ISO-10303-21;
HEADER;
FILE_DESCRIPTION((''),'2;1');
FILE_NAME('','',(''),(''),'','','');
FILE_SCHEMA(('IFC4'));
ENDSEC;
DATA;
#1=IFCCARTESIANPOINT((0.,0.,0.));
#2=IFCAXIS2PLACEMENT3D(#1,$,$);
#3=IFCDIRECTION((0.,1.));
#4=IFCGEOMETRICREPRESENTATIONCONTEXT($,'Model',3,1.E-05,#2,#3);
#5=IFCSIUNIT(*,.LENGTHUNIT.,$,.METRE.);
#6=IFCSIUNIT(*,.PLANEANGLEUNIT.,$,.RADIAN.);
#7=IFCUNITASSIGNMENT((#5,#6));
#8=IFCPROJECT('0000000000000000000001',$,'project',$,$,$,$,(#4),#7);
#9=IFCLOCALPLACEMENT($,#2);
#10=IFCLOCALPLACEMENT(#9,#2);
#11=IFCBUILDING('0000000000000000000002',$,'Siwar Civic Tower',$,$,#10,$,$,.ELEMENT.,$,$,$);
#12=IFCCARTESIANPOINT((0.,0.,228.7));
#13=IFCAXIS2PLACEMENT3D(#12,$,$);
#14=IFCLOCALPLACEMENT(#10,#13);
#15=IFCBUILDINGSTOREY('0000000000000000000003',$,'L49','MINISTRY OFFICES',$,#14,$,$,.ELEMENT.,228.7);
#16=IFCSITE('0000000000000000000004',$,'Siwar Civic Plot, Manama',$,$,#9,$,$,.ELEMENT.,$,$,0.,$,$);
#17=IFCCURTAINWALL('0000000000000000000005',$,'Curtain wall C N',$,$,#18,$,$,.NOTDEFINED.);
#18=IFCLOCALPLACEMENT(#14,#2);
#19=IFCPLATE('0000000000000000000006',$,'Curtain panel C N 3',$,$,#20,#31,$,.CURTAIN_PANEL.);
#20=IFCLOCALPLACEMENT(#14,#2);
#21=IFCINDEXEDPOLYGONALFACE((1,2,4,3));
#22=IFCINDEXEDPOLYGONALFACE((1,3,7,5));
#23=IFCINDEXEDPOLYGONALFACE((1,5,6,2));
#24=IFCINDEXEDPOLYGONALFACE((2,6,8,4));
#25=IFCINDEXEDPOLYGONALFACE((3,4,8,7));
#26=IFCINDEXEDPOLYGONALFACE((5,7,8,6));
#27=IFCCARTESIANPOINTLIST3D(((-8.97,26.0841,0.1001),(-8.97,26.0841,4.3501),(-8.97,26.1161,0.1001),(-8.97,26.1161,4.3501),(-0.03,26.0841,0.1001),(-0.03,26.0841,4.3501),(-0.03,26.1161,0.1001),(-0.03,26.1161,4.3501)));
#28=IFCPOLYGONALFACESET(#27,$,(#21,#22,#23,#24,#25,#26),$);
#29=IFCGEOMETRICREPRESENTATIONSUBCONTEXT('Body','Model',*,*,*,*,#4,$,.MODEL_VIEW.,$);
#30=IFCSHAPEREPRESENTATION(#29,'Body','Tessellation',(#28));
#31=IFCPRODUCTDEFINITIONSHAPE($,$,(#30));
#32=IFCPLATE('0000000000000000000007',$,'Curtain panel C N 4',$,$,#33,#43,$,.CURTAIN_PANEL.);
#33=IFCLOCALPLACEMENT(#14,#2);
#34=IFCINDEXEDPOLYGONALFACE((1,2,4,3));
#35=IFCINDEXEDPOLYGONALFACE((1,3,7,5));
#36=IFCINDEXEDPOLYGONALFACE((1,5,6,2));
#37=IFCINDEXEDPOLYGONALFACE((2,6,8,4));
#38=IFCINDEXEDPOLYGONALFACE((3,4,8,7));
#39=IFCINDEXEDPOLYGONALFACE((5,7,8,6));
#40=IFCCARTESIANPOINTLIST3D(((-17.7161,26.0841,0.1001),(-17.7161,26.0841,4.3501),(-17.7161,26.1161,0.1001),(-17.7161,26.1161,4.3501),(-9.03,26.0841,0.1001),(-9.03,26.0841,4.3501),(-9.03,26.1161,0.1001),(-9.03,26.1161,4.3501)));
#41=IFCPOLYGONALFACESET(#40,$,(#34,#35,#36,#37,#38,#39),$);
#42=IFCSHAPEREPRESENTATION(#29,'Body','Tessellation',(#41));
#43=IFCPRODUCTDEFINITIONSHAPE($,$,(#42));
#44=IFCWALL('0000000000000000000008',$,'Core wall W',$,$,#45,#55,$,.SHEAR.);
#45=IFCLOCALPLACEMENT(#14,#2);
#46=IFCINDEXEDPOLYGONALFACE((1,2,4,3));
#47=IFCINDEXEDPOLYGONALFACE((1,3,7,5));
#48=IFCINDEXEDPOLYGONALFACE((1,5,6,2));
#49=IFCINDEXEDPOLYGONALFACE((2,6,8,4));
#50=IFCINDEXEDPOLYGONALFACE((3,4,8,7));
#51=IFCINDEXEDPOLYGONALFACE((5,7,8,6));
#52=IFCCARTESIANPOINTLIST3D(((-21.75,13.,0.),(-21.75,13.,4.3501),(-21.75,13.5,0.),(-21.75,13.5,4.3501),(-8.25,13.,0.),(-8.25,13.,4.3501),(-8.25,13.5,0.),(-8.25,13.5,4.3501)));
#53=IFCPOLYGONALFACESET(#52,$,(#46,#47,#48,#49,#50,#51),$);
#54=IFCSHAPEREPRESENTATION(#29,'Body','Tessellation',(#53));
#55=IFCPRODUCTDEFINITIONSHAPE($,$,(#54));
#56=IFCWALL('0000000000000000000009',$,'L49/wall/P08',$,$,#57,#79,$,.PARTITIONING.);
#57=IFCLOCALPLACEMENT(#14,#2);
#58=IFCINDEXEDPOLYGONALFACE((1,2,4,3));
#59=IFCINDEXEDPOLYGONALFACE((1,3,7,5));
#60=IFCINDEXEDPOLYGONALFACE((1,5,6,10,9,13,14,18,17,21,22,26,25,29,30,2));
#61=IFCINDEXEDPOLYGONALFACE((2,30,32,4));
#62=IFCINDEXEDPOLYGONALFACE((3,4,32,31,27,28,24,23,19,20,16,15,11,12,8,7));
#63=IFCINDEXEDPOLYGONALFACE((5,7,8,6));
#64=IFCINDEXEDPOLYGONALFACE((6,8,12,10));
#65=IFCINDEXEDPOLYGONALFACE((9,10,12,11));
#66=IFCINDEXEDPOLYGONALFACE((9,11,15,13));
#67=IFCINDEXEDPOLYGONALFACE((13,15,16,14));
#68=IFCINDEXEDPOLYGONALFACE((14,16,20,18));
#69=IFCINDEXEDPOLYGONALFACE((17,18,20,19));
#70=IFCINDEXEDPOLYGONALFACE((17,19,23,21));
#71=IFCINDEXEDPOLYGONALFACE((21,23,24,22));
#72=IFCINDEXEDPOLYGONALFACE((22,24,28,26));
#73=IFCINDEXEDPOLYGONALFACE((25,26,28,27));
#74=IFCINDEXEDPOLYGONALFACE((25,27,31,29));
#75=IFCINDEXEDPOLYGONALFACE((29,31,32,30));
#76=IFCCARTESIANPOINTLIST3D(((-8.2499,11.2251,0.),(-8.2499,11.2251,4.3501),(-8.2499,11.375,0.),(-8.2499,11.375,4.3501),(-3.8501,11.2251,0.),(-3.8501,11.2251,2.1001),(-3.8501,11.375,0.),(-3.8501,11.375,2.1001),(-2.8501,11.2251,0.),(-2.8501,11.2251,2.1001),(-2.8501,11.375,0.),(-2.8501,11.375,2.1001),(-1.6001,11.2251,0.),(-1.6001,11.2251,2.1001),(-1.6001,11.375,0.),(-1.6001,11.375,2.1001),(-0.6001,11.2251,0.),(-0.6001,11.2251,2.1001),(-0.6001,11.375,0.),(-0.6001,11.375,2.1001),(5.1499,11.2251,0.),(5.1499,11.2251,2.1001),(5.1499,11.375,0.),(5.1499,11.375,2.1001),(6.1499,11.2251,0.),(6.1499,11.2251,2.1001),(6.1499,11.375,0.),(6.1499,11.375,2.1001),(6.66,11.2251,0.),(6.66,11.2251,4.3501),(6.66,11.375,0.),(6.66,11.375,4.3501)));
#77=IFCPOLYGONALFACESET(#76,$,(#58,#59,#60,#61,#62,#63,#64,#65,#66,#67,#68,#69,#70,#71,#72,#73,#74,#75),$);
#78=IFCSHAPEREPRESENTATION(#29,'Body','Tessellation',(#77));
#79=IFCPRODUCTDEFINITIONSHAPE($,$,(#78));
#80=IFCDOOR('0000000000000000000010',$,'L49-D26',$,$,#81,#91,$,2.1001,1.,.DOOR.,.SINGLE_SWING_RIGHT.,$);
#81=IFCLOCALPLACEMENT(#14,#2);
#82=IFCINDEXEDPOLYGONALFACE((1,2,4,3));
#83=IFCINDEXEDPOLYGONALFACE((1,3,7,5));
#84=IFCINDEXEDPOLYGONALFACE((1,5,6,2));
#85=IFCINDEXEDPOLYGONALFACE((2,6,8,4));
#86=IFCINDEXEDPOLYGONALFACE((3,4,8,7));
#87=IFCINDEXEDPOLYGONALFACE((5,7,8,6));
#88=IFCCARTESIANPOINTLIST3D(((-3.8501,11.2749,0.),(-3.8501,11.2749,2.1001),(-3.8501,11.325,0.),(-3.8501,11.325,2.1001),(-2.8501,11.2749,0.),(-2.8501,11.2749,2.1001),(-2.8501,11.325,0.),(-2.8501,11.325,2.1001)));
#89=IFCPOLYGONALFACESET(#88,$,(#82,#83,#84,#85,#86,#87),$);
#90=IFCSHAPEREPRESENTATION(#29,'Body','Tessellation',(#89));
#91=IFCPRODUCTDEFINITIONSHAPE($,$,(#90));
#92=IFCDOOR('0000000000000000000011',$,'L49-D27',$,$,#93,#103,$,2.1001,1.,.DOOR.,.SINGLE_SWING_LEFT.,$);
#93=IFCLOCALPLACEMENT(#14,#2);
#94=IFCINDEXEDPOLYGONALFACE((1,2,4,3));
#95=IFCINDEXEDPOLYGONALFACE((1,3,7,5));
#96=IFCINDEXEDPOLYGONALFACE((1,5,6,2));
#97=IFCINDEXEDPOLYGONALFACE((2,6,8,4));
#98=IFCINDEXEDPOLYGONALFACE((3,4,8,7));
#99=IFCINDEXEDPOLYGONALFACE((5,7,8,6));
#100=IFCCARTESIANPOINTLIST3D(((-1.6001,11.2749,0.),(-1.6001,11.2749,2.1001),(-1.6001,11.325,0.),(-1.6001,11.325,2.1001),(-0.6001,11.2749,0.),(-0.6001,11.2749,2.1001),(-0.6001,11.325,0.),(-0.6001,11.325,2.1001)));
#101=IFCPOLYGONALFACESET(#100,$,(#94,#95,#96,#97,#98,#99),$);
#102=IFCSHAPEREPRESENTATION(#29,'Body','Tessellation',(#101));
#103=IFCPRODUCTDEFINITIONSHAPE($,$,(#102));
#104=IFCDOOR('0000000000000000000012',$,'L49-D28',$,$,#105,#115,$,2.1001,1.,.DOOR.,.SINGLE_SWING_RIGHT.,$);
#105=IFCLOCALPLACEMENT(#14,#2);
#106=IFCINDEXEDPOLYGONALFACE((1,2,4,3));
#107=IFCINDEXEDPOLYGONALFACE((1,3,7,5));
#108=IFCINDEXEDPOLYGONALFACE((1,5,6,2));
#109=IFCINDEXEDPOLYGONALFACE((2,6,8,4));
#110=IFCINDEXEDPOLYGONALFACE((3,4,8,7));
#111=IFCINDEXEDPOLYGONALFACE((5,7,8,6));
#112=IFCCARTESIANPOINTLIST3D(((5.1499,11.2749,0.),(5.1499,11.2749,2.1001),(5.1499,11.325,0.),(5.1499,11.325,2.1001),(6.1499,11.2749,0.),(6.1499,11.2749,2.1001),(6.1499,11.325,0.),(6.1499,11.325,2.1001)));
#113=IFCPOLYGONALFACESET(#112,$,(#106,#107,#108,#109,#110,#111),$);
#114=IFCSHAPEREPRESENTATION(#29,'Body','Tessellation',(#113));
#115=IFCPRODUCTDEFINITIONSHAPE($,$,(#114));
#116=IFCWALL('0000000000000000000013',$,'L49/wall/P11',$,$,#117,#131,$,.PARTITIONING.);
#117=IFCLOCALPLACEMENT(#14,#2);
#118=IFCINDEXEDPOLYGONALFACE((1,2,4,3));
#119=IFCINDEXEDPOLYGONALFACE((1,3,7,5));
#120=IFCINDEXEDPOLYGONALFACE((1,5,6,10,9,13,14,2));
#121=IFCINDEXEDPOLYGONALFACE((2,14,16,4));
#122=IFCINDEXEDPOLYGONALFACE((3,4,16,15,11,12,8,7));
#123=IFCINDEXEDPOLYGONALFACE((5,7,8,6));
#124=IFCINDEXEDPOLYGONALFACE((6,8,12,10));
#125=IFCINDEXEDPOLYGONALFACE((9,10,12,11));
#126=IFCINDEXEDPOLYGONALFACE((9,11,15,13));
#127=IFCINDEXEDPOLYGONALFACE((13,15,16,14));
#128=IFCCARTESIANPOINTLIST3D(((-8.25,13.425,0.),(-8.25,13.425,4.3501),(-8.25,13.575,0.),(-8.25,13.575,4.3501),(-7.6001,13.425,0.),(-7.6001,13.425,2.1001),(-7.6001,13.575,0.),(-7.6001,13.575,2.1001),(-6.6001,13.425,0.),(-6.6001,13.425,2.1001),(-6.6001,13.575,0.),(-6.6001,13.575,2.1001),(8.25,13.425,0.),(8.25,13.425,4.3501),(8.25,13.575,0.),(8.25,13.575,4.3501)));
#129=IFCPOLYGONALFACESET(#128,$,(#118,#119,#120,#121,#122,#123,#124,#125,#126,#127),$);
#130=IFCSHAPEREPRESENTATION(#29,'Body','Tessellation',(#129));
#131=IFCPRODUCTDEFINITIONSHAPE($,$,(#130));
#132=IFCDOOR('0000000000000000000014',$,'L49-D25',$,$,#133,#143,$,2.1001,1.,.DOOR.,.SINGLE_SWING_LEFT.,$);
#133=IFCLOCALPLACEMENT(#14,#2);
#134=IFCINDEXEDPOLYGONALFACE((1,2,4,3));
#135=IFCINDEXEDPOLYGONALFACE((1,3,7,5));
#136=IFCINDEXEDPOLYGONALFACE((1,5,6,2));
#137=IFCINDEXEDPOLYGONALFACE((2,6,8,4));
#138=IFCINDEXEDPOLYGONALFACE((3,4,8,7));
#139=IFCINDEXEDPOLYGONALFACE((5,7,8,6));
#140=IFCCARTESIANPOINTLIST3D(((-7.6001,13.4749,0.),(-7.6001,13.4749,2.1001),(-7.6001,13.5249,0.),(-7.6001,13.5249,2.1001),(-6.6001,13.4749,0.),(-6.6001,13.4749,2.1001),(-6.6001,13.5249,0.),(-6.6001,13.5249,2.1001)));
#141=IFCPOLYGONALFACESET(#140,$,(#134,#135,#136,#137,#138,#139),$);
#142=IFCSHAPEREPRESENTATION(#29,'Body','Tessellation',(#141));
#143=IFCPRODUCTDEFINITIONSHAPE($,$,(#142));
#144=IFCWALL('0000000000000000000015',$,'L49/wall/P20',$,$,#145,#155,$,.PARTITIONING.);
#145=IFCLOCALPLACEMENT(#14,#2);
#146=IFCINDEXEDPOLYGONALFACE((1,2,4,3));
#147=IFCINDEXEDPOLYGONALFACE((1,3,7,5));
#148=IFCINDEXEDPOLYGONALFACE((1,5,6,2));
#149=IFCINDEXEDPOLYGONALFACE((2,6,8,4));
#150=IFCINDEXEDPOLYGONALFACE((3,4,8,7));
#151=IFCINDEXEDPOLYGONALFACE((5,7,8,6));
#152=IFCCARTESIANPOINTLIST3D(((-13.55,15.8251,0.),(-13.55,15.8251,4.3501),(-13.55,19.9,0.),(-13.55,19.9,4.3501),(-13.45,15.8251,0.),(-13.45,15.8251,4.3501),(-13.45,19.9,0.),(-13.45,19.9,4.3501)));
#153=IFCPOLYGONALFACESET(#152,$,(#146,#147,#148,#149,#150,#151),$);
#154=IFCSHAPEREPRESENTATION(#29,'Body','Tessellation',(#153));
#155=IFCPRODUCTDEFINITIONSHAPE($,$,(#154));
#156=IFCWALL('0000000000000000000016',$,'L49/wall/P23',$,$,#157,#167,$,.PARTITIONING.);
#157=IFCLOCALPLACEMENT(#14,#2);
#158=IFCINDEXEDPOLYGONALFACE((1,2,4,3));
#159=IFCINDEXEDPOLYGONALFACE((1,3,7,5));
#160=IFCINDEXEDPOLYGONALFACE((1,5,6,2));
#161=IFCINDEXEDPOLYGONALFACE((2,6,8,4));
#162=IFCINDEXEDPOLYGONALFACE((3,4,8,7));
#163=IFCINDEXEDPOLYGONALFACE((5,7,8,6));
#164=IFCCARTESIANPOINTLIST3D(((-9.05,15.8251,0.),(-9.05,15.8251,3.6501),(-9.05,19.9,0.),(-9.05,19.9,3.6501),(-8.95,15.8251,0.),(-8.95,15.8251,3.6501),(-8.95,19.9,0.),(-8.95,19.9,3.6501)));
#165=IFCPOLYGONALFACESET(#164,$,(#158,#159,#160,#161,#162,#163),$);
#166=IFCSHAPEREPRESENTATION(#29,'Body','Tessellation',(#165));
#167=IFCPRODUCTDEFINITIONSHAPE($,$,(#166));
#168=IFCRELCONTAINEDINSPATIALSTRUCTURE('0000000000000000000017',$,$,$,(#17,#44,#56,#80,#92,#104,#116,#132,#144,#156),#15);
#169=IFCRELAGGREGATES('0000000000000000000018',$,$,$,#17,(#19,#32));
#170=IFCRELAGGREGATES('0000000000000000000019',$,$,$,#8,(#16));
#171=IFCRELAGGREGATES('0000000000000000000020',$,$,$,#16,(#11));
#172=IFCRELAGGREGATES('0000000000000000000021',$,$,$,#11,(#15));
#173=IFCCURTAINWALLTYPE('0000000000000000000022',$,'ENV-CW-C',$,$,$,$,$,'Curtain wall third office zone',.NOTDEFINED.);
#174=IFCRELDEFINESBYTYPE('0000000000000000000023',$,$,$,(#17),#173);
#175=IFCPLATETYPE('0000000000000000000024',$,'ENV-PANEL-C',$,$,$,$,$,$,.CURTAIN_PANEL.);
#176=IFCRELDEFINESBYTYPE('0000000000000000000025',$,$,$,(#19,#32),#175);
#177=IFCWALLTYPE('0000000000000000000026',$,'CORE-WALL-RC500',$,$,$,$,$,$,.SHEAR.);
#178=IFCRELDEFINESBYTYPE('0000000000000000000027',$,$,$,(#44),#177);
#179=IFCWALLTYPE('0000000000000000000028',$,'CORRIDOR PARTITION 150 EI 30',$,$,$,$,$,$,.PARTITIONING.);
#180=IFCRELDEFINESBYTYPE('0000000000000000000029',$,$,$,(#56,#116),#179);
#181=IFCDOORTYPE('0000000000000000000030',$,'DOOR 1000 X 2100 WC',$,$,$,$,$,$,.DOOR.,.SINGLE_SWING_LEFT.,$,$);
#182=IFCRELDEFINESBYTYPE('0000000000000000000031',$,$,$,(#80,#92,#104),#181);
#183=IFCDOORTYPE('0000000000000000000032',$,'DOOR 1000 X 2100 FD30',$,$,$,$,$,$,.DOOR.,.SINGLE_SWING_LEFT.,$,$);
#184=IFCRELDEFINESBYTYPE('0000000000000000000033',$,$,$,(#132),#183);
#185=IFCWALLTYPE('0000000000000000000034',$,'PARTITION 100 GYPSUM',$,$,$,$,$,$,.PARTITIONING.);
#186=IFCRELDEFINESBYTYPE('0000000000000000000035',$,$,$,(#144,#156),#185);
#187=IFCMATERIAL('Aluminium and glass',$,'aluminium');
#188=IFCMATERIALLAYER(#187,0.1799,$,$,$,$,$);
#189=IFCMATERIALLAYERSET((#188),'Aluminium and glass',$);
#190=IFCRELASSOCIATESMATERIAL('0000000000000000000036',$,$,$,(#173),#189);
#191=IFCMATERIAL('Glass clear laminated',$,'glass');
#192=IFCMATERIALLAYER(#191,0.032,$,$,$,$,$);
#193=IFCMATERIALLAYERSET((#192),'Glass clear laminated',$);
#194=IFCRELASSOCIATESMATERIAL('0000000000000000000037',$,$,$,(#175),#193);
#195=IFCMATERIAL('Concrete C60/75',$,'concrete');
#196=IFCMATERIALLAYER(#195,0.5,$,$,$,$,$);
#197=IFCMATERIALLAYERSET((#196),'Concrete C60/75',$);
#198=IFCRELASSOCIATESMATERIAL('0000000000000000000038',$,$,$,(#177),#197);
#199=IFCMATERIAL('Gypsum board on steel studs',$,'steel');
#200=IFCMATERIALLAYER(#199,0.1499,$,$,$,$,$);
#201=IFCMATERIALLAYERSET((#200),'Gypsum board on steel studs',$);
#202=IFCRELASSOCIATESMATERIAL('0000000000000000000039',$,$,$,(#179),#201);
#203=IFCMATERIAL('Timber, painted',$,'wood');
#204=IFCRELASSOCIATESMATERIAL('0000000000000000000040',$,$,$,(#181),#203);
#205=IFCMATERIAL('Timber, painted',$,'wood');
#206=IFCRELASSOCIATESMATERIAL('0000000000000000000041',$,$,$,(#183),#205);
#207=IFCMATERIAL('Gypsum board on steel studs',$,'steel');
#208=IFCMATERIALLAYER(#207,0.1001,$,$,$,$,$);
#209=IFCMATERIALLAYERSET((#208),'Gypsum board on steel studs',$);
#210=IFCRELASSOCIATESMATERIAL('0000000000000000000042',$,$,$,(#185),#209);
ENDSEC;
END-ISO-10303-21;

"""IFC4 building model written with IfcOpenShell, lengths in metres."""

from ifc_helpers import new_model, si_unit, direction, frame, frame_2d, origin, origin_2d, place, context, subcontext, project, spatial, rectangle, extrude, material, layer, layer_set, type_object, element, fill, aggregate, save


model = new_model("IFC4")

# Units and contexts
model_context = context("Model", 3, precision=1e-05, world=origin(), true_north=direction((0.0, 1.0)))
body_context = subcontext(model_context, "Body", "Model", "MODEL_VIEW")
ifc_project = project(units=[si_unit("LENGTHUNIT", "METRE"), si_unit("PLANEANGLEUNIT", "RADIAN")], contexts=[model_context])

# Site, building, storey
site_placement = place(None, origin())
site = spatial("IfcSite", under=ifc_project, at=site_placement, Name="Siwar Civic Plot, Manama", CompositionType="ELEMENT", RefElevation=0.0)
building_placement = place(site_placement, origin())
building = spatial("IfcBuilding", under=site, at=building_placement, Name="Siwar Civic Tower", CompositionType="ELEMENT")
storey_placement = place(building_placement, frame((0.0, 0.0, 228.7)))
storey = spatial("IfcBuildingStorey", under=building, at=storey_placement, Name="L49", Description="MINISTRY OFFICES", CompositionType="ELEMENT", Elevation=228.7)

# Curtain wall
ifc_material_1 = material(Name="Aluminium and glass", Category="aluminium")
ifc_layer_1 = layer(ifc_material_1, 0.1799)
ifc_layer_set_1 = layer_set([ifc_layer_1], Name="Aluminium and glass")
curtain_wall_type = type_object("IfcCurtainWallType", Name="ENV-CW-C", ElementType="Curtain wall third office zone", PredefinedType="NOTDEFINED", material=ifc_layer_set_1)
curtain_wall_placement = place(storey_placement, origin())
curtain_wall = element("IfcCurtainWall", 1, at=curtain_wall_placement, inside=storey, type_object=curtain_wall_type, Name="Curtain wall C N", PredefinedType="NOTDEFINED")

# Plates
ifc_material_2 = material(Name="Glass clear laminated", Category="glass")
ifc_layer_2 = layer(ifc_material_2, 0.032)
ifc_layer_set_2 = layer_set([ifc_layer_2], Name="Glass clear laminated")
plate_type = type_object("IfcPlateType", Name="ENV-PANEL-C", PredefinedType="CURTAIN_PANEL", material=ifc_layer_set_2)
plate_1_placement = place(storey_placement, frame((-4.5, 26.1001, 0.1001), z_axis=(0.0, 0.0, 1.0), x_axis=(-1.0, 0.0, 0.0)))
plate_1 = element("IfcPlate", 2, at=plate_1_placement, type_object=plate_type, Name="Curtain panel C N 3", PredefinedType="CURTAIN_PANEL", context=body_context, shape_type="SweptSolid", body=[
    extrude(rectangle(XDim=8.9399, YDim=0.032, at=origin_2d()), origin(), (0.0, 0.0, 1.0), 4.25),
])
plate_2_placement = place(storey_placement, frame((-13.373, 26.1001, 0.1001), z_axis=(0.0, 0.0, 1.0), x_axis=(-1.0, 0.0, 0.0)))
plate_2 = element("IfcPlate", 3, at=plate_2_placement, type_object=plate_type, Name="Curtain panel C N 4", PredefinedType="CURTAIN_PANEL", context=body_context, shape_type="SweptSolid", body=[
    extrude(rectangle(XDim=8.686, YDim=0.032, at=origin_2d()), origin(), (0.0, 0.0, 1.0), 4.25),
])
aggregate(curtain_wall, [plate_1, plate_2])

# Wall
ifc_material_3 = material(Name="Concrete C60/75", Category="concrete")
ifc_layer_3 = layer(ifc_material_3, 0.5)
ifc_layer_set_3 = layer_set([ifc_layer_3], Name="Concrete C60/75")
wall_type_1 = type_object("IfcWallType", Name="CORE-WALL-RC500", PredefinedType="SHEAR", material=ifc_layer_set_3)
wall_1_placement = place(storey_placement, frame((-8.25, 13.25, 0.0), z_axis=(0.0, 0.0, 1.0), x_axis=(-1.0, 0.0, 0.0)))
element("IfcWall", 4, at=wall_1_placement, inside=storey, type_object=wall_type_1, Name="Core wall W", PredefinedType="SHEAR", context=body_context, shape_type="SweptSolid", body=[
    extrude(rectangle(XDim=13.5, YDim=0.5, at=frame_2d((6.75, 0.0))), origin(), (0.0, 0.0, 1.0), 4.3501),
])

# Wall, openings, doors
ifc_material_4 = material(Name="Gypsum board on steel studs", Category="steel")
ifc_layer_4 = layer(ifc_material_4, 0.1499)
ifc_layer_set_4 = layer_set([ifc_layer_4], Name="Gypsum board on steel studs")
wall_type_2 = type_object("IfcWallType", Name="CORRIDOR PARTITION 150 EI 30", PredefinedType="PARTITIONING", material=ifc_layer_set_4)
wall_2_placement = place(storey_placement, frame((-8.25, 11.3, 0.0), z_axis=(0.0, 0.0, 1.0), x_axis=(1.0, 0.0, 0.0)))
wall_2 = element("IfcWall", 5, at=wall_2_placement, inside=storey, type_object=wall_type_2, Name="L49/wall/P08", PredefinedType="PARTITIONING", context=body_context, shape_type="SweptSolid", body=[
    extrude(rectangle(XDim=14.9099, YDim=0.1499, at=frame_2d((7.4551, 0.0))), origin(), (0.0, 0.0, 1.0), 4.3501),
])
opening_1_placement = place(wall_2_placement, frame((4.3999, 0.0, 0.0)))
opening_1 = element("IfcOpeningElement", 6, at=opening_1_placement, cuts=wall_2, PredefinedType="OPENING", context=body_context, shape_type="SweptSolid", body=[
    extrude(rectangle(XDim=1.0, YDim=2.1001, at=frame_2d((0.5, 1.05))), frame((0.0, 0.085, 0.0), z_axis=(0.0, -1.0, 0.0), x_axis=(1.0, 0.0, 0.0)), (0.0, 0.0, 1.0), 0.1699),
])
opening_2_placement = place(wall_2_placement, frame((6.6499, 0.0, 0.0)))
opening_2 = element("IfcOpeningElement", 7, at=opening_2_placement, cuts=wall_2, PredefinedType="OPENING", context=body_context, shape_type="SweptSolid", body=[
    extrude(rectangle(XDim=1.0, YDim=2.1001, at=frame_2d((0.5, 1.05))), frame((0.0, 0.085, 0.0), z_axis=(0.0, -1.0, 0.0), x_axis=(1.0, 0.0, 0.0)), (0.0, 0.0, 1.0), 0.1699),
])
opening_3_placement = place(wall_2_placement, frame((13.3999, 0.0, 0.0)))
opening_3 = element("IfcOpeningElement", 8, at=opening_3_placement, cuts=wall_2, PredefinedType="OPENING", context=body_context, shape_type="SweptSolid", body=[
    extrude(rectangle(XDim=1.0, YDim=2.1001, at=frame_2d((0.5, 1.05))), frame((0.0, 0.085, 0.0), z_axis=(0.0, -1.0, 0.0), x_axis=(1.0, 0.0, 0.0)), (0.0, 0.0, 1.0), 0.1699),
])
ifc_material_5 = material(Name="Timber, painted", Category="wood")
door_type_1 = type_object("IfcDoorType", Name="DOOR 1000 X 2100 WC", OperationType="SINGLE_SWING_LEFT", PredefinedType="DOOR", material=ifc_material_5)
door_1_placement = place(opening_1_placement, origin())
door_1 = element("IfcDoor", 9, at=door_1_placement, inside=storey, type_object=door_type_1, Name="L49-D26", OperationType="SINGLE_SWING_RIGHT", OverallHeight=2.1001, OverallWidth=1.0, PredefinedType="DOOR", context=body_context, shape_type="SweptSolid", body=[
    extrude(rectangle(XDim=1.0, YDim=2.1001, at=frame_2d((0.5, 1.05))), frame((0.0, 0.0249, 0.0), z_axis=(0.0, -1.0, 0.0), x_axis=(1.0, 0.0, 0.0)), (0.0, 0.0, 1.0), 0.05),
])
fill(opening_1, door_1)
door_2_placement = place(opening_2_placement, origin())
door_2 = element("IfcDoor", 10, at=door_2_placement, inside=storey, type_object=door_type_1, Name="L49-D27", OperationType="SINGLE_SWING_LEFT", OverallHeight=2.1001, OverallWidth=1.0, PredefinedType="DOOR", context=body_context, shape_type="SweptSolid", body=[
    extrude(rectangle(XDim=1.0, YDim=2.1001, at=frame_2d((0.5, 1.05))), frame((0.0, 0.0249, 0.0), z_axis=(0.0, -1.0, 0.0), x_axis=(1.0, 0.0, 0.0)), (0.0, 0.0, 1.0), 0.05),
])
fill(opening_2, door_2)
door_3_placement = place(opening_3_placement, origin())
door_3 = element("IfcDoor", 11, at=door_3_placement, inside=storey, type_object=door_type_1, Name="L49-D28", OperationType="SINGLE_SWING_RIGHT", OverallHeight=2.1001, OverallWidth=1.0, PredefinedType="DOOR", context=body_context, shape_type="SweptSolid", body=[
    extrude(rectangle(XDim=1.0, YDim=2.1001, at=frame_2d((0.5, 1.05))), frame((0.0, 0.0249, 0.0), z_axis=(0.0, -1.0, 0.0), x_axis=(1.0, 0.0, 0.0)), (0.0, 0.0, 1.0), 0.05),
])
fill(opening_3, door_3)

# Wall, opening, door
wall_3_placement = place(storey_placement, frame((-8.25, 13.5, 0.0), z_axis=(0.0, 0.0, 1.0), x_axis=(1.0, 0.0, 0.0)))
wall_3 = element("IfcWall", 12, at=wall_3_placement, inside=storey, type_object=wall_type_2, Name="L49/wall/P11", PredefinedType="PARTITIONING", context=body_context, shape_type="SweptSolid", body=[
    extrude(rectangle(XDim=16.5, YDim=0.1499, at=frame_2d((8.25, 0.0))), origin(), (0.0, 0.0, 1.0), 4.3501),
])
opening_4_placement = place(wall_3_placement, frame((0.6499, 0.0, 0.0)))
opening_4 = element("IfcOpeningElement", 13, at=opening_4_placement, cuts=wall_3, PredefinedType="OPENING", context=body_context, shape_type="SweptSolid", body=[
    extrude(rectangle(XDim=1.0, YDim=2.1001, at=frame_2d((0.5, 1.05))), frame((0.0, 0.085, 0.0), z_axis=(0.0, -1.0, 0.0), x_axis=(1.0, 0.0, 0.0)), (0.0, 0.0, 1.0), 0.1699),
])
ifc_material_6 = material(Name="Timber, painted", Category="wood")
door_type_2 = type_object("IfcDoorType", Name="DOOR 1000 X 2100 FD30", OperationType="SINGLE_SWING_LEFT", PredefinedType="DOOR", material=ifc_material_6)
door_4_placement = place(opening_4_placement, origin())
door_4 = element("IfcDoor", 14, at=door_4_placement, inside=storey, type_object=door_type_2, Name="L49-D25", OperationType="SINGLE_SWING_LEFT", OverallHeight=2.1001, OverallWidth=1.0, PredefinedType="DOOR", context=body_context, shape_type="SweptSolid", body=[
    extrude(rectangle(XDim=1.0, YDim=2.1001, at=frame_2d((0.5, 1.05))), frame((0.0, 0.0249, 0.0), z_axis=(0.0, -1.0, 0.0), x_axis=(1.0, 0.0, 0.0)), (0.0, 0.0, 1.0), 0.05),
])
fill(opening_4, door_4)

# Walls
ifc_material_7 = material(Name="Gypsum board on steel studs", Category="steel")
ifc_layer_5 = layer(ifc_material_7, 0.1001)
ifc_layer_set_5 = layer_set([ifc_layer_5], Name="Gypsum board on steel studs")
wall_type_3 = type_object("IfcWallType", Name="PARTITION 100 GYPSUM", PredefinedType="PARTITIONING", material=ifc_layer_set_5)
wall_4_placement = place(storey_placement, frame((-13.5, 15.825, 0.0), z_axis=(0.0, 0.0, 1.0), x_axis=(0.0, 1.0, 0.0)))
element("IfcWall", 15, at=wall_4_placement, inside=storey, type_object=wall_type_3, Name="L49/wall/P20", PredefinedType="PARTITIONING", context=body_context, shape_type="SweptSolid", body=[
    extrude(rectangle(XDim=4.075, YDim=0.1001, at=frame_2d((2.0376, 0.0))), origin(), (0.0, 0.0, 1.0), 4.3501),
])
wall_5_placement = place(storey_placement, frame((-9.0, 15.825, 0.0), z_axis=(0.0, 0.0, 1.0), x_axis=(0.0, 1.0, 0.0)))
element("IfcWall", 16, at=wall_5_placement, inside=storey, type_object=wall_type_3, Name="L49/wall/P23", PredefinedType="PARTITIONING", context=body_context, shape_type="SweptSolid", body=[
    extrude(rectangle(XDim=4.075, YDim=0.1001, at=frame_2d((2.0376, 0.0))), origin(), (0.0, 0.0, 1.0), 3.6501),
])

save(model, "model.ifc")
